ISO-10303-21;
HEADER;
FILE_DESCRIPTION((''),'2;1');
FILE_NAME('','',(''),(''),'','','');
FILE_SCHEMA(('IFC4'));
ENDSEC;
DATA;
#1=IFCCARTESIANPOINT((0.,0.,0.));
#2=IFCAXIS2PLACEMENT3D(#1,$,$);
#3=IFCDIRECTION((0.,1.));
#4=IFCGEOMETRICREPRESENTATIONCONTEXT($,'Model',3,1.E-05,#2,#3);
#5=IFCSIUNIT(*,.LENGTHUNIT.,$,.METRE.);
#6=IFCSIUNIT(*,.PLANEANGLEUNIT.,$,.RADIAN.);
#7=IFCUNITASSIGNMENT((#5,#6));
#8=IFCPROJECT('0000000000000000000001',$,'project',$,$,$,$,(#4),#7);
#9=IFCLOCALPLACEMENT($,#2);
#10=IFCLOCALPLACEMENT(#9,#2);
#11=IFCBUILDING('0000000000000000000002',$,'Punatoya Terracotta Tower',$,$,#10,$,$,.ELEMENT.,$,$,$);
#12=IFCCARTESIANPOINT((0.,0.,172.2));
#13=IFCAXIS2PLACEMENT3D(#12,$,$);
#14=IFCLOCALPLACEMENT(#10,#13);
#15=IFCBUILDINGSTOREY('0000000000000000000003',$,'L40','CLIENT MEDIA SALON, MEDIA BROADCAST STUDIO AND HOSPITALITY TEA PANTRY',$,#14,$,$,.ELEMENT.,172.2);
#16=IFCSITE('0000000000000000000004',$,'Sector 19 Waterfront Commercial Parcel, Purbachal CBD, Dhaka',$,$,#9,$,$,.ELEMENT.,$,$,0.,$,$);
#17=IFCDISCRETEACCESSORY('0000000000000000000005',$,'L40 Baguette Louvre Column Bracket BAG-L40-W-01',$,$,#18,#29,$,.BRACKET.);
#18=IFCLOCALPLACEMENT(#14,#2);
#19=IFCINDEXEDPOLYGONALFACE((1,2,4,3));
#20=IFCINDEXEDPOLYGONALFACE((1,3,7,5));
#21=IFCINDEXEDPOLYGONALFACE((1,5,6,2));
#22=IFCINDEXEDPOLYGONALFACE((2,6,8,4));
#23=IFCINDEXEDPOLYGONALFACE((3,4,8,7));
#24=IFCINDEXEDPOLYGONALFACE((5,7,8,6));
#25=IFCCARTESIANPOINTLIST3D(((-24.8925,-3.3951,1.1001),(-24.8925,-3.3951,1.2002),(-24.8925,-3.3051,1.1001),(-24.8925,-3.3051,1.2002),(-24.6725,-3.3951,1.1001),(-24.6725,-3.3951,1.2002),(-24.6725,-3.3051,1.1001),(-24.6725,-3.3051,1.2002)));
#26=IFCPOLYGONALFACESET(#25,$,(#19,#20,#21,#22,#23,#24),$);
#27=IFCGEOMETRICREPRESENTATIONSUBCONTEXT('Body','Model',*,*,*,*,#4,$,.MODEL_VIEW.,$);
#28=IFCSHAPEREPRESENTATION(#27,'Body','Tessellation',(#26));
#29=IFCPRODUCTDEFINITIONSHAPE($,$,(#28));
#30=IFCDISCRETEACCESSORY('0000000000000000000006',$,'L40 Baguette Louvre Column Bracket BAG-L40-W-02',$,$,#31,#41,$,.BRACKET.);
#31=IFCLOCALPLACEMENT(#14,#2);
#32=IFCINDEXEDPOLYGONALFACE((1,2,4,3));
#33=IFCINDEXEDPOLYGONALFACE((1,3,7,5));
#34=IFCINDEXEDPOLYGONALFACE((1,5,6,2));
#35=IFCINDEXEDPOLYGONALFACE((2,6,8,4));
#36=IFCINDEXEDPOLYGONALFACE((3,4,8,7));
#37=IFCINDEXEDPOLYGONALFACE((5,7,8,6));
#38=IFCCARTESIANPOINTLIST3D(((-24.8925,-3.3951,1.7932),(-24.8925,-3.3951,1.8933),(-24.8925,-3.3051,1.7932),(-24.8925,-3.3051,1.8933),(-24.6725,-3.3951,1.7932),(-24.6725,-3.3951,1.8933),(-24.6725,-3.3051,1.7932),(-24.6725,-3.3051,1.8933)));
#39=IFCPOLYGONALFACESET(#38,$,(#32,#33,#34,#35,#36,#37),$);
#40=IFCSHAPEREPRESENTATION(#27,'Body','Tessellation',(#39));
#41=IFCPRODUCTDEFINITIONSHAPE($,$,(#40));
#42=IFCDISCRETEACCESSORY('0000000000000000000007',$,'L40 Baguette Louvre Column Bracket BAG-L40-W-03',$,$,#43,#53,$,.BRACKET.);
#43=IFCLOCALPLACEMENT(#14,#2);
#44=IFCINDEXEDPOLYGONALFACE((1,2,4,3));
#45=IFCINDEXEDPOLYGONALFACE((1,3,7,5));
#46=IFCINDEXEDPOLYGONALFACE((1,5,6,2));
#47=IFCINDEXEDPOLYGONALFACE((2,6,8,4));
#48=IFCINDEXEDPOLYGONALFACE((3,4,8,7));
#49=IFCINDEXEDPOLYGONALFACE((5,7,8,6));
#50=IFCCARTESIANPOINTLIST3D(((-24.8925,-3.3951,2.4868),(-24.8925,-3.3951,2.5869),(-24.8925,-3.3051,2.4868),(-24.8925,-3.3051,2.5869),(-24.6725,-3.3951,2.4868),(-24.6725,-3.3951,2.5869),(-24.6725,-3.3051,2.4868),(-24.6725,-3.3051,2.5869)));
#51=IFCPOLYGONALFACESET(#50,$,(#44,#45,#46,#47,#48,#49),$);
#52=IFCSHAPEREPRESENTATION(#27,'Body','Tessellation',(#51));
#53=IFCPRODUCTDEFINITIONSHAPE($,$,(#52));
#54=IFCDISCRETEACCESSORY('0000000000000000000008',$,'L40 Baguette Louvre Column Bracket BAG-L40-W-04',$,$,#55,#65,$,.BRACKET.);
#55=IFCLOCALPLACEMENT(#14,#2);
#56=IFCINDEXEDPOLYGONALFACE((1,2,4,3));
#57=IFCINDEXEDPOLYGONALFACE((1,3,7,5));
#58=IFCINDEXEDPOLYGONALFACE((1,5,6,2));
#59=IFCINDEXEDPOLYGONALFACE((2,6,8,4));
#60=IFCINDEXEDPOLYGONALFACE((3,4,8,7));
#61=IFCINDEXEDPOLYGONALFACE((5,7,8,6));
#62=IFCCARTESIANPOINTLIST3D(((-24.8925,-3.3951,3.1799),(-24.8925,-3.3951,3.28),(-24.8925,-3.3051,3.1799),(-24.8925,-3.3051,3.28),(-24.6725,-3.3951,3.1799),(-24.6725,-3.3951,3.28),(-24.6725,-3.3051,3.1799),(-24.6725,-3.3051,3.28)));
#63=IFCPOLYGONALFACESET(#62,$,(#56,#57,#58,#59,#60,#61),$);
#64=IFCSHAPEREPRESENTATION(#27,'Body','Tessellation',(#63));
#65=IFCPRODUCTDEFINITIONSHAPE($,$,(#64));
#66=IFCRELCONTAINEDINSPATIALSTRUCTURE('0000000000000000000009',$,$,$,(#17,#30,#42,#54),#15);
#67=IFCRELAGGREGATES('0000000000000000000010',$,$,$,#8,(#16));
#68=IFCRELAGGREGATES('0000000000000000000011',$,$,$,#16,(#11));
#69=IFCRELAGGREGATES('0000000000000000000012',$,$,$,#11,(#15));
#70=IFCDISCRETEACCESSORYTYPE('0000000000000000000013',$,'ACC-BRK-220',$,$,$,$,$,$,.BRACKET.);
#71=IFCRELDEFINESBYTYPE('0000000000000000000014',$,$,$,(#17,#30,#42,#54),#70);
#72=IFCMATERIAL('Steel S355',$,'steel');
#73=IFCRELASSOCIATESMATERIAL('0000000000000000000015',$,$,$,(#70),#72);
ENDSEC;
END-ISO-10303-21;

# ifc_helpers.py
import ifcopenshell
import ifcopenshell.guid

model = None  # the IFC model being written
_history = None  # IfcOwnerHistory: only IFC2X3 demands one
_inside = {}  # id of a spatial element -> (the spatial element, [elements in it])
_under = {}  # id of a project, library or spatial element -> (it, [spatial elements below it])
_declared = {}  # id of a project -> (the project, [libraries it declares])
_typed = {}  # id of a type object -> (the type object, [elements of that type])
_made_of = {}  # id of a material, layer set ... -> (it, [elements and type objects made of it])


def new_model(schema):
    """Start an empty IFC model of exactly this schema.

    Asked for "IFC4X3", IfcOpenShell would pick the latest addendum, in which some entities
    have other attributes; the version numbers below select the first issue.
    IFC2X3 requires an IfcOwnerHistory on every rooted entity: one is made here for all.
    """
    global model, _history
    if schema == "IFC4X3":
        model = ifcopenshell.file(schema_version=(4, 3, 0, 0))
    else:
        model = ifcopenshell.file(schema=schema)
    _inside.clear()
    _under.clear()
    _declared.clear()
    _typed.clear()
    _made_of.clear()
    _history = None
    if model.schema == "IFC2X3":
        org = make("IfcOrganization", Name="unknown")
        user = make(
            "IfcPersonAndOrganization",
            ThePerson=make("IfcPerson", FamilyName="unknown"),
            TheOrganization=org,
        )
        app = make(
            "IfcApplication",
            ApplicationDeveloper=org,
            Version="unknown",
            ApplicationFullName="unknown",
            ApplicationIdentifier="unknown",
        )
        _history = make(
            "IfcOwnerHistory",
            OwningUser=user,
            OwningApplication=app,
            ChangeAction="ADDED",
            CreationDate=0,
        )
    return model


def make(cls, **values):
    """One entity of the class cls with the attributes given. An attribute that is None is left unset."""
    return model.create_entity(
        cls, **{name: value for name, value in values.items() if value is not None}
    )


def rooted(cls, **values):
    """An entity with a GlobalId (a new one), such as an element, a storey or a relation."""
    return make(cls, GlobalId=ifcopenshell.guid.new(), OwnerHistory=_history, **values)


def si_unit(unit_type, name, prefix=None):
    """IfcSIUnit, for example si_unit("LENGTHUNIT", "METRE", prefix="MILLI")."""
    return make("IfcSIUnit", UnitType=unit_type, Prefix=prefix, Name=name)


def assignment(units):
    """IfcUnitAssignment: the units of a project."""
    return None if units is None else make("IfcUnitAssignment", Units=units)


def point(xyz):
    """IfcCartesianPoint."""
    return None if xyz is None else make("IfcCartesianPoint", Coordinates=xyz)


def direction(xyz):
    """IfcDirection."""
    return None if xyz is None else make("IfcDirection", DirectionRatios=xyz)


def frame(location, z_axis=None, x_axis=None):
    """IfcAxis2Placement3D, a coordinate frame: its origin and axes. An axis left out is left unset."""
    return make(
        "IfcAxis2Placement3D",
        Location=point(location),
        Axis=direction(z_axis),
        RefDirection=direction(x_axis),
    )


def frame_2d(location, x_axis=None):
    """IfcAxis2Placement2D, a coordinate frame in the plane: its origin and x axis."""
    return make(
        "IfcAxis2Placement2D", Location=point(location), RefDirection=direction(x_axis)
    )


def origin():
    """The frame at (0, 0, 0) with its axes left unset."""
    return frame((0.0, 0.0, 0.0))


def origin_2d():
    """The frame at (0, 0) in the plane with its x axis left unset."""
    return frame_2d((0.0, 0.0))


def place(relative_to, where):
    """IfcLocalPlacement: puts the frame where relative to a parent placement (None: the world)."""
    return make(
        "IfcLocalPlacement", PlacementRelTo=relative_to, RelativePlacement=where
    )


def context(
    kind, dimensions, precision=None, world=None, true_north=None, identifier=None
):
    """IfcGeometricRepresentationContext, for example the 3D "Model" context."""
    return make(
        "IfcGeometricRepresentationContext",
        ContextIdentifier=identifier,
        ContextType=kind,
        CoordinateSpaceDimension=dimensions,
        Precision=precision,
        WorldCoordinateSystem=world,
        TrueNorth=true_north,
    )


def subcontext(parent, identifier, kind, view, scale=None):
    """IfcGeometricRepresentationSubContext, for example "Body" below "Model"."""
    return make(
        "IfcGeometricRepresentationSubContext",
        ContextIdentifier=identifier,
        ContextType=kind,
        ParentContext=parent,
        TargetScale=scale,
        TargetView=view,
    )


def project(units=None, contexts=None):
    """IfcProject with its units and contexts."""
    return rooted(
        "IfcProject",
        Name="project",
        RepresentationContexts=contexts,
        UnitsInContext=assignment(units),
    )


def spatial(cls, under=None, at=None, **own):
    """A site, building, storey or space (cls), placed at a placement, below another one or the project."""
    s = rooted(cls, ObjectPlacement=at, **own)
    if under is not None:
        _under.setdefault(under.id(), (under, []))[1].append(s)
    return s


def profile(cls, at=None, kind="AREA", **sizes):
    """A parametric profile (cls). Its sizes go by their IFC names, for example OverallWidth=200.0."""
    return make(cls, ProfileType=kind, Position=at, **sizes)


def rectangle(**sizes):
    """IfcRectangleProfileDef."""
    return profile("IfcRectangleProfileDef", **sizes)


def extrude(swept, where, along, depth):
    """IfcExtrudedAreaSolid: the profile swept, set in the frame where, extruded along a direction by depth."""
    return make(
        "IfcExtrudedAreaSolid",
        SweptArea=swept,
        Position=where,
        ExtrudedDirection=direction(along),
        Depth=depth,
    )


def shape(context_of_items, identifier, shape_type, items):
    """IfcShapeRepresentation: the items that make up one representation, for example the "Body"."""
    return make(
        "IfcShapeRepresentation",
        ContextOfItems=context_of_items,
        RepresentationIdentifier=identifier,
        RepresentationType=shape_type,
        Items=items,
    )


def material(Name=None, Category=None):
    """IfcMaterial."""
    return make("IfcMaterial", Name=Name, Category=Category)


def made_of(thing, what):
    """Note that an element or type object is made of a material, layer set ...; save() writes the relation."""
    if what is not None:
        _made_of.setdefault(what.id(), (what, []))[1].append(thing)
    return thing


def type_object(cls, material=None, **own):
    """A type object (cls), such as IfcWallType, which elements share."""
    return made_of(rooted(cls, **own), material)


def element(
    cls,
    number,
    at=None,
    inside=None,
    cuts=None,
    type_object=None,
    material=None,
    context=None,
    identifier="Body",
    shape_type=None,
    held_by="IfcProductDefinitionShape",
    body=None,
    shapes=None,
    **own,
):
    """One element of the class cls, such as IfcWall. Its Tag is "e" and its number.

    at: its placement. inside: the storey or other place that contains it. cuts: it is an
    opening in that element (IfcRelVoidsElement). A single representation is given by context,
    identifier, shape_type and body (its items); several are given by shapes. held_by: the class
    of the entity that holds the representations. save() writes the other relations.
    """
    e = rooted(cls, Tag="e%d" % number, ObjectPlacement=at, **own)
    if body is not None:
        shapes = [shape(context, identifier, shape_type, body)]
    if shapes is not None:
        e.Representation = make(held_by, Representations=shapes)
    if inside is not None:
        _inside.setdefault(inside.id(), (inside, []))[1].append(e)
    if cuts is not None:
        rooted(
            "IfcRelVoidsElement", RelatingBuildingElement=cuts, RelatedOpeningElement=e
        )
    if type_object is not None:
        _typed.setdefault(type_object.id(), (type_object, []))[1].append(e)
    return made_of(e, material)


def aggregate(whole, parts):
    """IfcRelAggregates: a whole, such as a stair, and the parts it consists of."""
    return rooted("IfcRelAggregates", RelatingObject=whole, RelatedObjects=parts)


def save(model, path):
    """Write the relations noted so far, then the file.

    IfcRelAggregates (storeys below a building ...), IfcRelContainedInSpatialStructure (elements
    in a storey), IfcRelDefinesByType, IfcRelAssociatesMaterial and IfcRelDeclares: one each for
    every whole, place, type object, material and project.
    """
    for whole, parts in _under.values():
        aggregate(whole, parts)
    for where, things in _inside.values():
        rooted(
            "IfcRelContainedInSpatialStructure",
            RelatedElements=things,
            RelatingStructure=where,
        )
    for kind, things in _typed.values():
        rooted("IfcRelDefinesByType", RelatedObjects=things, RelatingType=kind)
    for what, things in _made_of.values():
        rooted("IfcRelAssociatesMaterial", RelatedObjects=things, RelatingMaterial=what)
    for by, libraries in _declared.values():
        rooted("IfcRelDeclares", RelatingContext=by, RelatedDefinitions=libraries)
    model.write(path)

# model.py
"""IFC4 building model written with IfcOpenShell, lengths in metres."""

from ifc_helpers import new_model, si_unit, direction, frame, origin, origin_2d, place, context, subcontext, project, spatial, rectangle, extrude, material, type_object, element, save


model = new_model("IFC4")

# Units and contexts
model_context = context("Model", 3, precision=1e-05, world=origin(), true_north=direction((0.0, 1.0)))
body_context = subcontext(model_context, "Body", "Model", "MODEL_VIEW")
ifc_project = project(units=[si_unit("LENGTHUNIT", "METRE"), si_unit("PLANEANGLEUNIT", "RADIAN")], contexts=[model_context])

# Site, building, storey
site_placement = place(None, origin())
site = spatial("IfcSite", under=ifc_project, at=site_placement, Name="Sector 19 Waterfront Commercial Parcel, Purbachal CBD, Dhaka", CompositionType="ELEMENT", RefElevation=0.0)
building_placement = place(site_placement, origin())
building = spatial("IfcBuilding", under=site, at=building_placement, Name="Punatoya Terracotta Tower", CompositionType="ELEMENT")
storey_placement = place(building_placement, frame((0.0, 0.0, 172.2)))
storey = spatial("IfcBuildingStorey", under=building, at=storey_placement, Name="L40", Description="CLIENT MEDIA SALON, MEDIA BROADCAST STUDIO AND HOSPITALITY TEA PANTRY", CompositionType="ELEMENT", Elevation=172.2)

# Shared definitions
ifc_material_1 = material(Name="Steel S355", Category="steel")

# Discrete accessories
discrete_accessory_type = type_object("IfcDiscreteAccessoryType", Name="ACC-BRK-220", PredefinedType="BRACKET", material=ifc_material_1)
for number, where, z_axis, x_axis, name in (
    (1, (-24.7825, -3.3501, 1.1001), (0.0, 0.0, 1.0), (0.0, 1.0, 0.0), "L40 Baguette Louvre Column Bracket BAG-L40-W-01"),
    (2, (-24.7825, -3.3501, 1.7932), (0.0, 0.0, 1.0), (0.0, 1.0, 0.0), "L40 Baguette Louvre Column Bracket BAG-L40-W-02"),
    (3, (-24.7825, -3.3501, 2.4868), (0.0, 0.0, 1.0), (0.0, 1.0, 0.0), "L40 Baguette Louvre Column Bracket BAG-L40-W-03"),
    (4, (-24.7825, -3.3501, 3.1799), (0.0, 0.0, 1.0), (0.0, 1.0, 0.0), "L40 Baguette Louvre Column Bracket BAG-L40-W-04"),
):
    element("IfcDiscreteAccessory", number, at=place(storey_placement, frame(where, z_axis=z_axis, x_axis=x_axis)), inside=storey, type_object=discrete_accessory_type, Name=name, PredefinedType="BRACKET", context=body_context, shape_type="SweptSolid", body=[
        extrude(rectangle(XDim=0.0901, YDim=0.22, at=origin_2d()), origin(), (0.0, 0.0, 1.0), 0.1001),
    ])

save(model, "model.ifc")
